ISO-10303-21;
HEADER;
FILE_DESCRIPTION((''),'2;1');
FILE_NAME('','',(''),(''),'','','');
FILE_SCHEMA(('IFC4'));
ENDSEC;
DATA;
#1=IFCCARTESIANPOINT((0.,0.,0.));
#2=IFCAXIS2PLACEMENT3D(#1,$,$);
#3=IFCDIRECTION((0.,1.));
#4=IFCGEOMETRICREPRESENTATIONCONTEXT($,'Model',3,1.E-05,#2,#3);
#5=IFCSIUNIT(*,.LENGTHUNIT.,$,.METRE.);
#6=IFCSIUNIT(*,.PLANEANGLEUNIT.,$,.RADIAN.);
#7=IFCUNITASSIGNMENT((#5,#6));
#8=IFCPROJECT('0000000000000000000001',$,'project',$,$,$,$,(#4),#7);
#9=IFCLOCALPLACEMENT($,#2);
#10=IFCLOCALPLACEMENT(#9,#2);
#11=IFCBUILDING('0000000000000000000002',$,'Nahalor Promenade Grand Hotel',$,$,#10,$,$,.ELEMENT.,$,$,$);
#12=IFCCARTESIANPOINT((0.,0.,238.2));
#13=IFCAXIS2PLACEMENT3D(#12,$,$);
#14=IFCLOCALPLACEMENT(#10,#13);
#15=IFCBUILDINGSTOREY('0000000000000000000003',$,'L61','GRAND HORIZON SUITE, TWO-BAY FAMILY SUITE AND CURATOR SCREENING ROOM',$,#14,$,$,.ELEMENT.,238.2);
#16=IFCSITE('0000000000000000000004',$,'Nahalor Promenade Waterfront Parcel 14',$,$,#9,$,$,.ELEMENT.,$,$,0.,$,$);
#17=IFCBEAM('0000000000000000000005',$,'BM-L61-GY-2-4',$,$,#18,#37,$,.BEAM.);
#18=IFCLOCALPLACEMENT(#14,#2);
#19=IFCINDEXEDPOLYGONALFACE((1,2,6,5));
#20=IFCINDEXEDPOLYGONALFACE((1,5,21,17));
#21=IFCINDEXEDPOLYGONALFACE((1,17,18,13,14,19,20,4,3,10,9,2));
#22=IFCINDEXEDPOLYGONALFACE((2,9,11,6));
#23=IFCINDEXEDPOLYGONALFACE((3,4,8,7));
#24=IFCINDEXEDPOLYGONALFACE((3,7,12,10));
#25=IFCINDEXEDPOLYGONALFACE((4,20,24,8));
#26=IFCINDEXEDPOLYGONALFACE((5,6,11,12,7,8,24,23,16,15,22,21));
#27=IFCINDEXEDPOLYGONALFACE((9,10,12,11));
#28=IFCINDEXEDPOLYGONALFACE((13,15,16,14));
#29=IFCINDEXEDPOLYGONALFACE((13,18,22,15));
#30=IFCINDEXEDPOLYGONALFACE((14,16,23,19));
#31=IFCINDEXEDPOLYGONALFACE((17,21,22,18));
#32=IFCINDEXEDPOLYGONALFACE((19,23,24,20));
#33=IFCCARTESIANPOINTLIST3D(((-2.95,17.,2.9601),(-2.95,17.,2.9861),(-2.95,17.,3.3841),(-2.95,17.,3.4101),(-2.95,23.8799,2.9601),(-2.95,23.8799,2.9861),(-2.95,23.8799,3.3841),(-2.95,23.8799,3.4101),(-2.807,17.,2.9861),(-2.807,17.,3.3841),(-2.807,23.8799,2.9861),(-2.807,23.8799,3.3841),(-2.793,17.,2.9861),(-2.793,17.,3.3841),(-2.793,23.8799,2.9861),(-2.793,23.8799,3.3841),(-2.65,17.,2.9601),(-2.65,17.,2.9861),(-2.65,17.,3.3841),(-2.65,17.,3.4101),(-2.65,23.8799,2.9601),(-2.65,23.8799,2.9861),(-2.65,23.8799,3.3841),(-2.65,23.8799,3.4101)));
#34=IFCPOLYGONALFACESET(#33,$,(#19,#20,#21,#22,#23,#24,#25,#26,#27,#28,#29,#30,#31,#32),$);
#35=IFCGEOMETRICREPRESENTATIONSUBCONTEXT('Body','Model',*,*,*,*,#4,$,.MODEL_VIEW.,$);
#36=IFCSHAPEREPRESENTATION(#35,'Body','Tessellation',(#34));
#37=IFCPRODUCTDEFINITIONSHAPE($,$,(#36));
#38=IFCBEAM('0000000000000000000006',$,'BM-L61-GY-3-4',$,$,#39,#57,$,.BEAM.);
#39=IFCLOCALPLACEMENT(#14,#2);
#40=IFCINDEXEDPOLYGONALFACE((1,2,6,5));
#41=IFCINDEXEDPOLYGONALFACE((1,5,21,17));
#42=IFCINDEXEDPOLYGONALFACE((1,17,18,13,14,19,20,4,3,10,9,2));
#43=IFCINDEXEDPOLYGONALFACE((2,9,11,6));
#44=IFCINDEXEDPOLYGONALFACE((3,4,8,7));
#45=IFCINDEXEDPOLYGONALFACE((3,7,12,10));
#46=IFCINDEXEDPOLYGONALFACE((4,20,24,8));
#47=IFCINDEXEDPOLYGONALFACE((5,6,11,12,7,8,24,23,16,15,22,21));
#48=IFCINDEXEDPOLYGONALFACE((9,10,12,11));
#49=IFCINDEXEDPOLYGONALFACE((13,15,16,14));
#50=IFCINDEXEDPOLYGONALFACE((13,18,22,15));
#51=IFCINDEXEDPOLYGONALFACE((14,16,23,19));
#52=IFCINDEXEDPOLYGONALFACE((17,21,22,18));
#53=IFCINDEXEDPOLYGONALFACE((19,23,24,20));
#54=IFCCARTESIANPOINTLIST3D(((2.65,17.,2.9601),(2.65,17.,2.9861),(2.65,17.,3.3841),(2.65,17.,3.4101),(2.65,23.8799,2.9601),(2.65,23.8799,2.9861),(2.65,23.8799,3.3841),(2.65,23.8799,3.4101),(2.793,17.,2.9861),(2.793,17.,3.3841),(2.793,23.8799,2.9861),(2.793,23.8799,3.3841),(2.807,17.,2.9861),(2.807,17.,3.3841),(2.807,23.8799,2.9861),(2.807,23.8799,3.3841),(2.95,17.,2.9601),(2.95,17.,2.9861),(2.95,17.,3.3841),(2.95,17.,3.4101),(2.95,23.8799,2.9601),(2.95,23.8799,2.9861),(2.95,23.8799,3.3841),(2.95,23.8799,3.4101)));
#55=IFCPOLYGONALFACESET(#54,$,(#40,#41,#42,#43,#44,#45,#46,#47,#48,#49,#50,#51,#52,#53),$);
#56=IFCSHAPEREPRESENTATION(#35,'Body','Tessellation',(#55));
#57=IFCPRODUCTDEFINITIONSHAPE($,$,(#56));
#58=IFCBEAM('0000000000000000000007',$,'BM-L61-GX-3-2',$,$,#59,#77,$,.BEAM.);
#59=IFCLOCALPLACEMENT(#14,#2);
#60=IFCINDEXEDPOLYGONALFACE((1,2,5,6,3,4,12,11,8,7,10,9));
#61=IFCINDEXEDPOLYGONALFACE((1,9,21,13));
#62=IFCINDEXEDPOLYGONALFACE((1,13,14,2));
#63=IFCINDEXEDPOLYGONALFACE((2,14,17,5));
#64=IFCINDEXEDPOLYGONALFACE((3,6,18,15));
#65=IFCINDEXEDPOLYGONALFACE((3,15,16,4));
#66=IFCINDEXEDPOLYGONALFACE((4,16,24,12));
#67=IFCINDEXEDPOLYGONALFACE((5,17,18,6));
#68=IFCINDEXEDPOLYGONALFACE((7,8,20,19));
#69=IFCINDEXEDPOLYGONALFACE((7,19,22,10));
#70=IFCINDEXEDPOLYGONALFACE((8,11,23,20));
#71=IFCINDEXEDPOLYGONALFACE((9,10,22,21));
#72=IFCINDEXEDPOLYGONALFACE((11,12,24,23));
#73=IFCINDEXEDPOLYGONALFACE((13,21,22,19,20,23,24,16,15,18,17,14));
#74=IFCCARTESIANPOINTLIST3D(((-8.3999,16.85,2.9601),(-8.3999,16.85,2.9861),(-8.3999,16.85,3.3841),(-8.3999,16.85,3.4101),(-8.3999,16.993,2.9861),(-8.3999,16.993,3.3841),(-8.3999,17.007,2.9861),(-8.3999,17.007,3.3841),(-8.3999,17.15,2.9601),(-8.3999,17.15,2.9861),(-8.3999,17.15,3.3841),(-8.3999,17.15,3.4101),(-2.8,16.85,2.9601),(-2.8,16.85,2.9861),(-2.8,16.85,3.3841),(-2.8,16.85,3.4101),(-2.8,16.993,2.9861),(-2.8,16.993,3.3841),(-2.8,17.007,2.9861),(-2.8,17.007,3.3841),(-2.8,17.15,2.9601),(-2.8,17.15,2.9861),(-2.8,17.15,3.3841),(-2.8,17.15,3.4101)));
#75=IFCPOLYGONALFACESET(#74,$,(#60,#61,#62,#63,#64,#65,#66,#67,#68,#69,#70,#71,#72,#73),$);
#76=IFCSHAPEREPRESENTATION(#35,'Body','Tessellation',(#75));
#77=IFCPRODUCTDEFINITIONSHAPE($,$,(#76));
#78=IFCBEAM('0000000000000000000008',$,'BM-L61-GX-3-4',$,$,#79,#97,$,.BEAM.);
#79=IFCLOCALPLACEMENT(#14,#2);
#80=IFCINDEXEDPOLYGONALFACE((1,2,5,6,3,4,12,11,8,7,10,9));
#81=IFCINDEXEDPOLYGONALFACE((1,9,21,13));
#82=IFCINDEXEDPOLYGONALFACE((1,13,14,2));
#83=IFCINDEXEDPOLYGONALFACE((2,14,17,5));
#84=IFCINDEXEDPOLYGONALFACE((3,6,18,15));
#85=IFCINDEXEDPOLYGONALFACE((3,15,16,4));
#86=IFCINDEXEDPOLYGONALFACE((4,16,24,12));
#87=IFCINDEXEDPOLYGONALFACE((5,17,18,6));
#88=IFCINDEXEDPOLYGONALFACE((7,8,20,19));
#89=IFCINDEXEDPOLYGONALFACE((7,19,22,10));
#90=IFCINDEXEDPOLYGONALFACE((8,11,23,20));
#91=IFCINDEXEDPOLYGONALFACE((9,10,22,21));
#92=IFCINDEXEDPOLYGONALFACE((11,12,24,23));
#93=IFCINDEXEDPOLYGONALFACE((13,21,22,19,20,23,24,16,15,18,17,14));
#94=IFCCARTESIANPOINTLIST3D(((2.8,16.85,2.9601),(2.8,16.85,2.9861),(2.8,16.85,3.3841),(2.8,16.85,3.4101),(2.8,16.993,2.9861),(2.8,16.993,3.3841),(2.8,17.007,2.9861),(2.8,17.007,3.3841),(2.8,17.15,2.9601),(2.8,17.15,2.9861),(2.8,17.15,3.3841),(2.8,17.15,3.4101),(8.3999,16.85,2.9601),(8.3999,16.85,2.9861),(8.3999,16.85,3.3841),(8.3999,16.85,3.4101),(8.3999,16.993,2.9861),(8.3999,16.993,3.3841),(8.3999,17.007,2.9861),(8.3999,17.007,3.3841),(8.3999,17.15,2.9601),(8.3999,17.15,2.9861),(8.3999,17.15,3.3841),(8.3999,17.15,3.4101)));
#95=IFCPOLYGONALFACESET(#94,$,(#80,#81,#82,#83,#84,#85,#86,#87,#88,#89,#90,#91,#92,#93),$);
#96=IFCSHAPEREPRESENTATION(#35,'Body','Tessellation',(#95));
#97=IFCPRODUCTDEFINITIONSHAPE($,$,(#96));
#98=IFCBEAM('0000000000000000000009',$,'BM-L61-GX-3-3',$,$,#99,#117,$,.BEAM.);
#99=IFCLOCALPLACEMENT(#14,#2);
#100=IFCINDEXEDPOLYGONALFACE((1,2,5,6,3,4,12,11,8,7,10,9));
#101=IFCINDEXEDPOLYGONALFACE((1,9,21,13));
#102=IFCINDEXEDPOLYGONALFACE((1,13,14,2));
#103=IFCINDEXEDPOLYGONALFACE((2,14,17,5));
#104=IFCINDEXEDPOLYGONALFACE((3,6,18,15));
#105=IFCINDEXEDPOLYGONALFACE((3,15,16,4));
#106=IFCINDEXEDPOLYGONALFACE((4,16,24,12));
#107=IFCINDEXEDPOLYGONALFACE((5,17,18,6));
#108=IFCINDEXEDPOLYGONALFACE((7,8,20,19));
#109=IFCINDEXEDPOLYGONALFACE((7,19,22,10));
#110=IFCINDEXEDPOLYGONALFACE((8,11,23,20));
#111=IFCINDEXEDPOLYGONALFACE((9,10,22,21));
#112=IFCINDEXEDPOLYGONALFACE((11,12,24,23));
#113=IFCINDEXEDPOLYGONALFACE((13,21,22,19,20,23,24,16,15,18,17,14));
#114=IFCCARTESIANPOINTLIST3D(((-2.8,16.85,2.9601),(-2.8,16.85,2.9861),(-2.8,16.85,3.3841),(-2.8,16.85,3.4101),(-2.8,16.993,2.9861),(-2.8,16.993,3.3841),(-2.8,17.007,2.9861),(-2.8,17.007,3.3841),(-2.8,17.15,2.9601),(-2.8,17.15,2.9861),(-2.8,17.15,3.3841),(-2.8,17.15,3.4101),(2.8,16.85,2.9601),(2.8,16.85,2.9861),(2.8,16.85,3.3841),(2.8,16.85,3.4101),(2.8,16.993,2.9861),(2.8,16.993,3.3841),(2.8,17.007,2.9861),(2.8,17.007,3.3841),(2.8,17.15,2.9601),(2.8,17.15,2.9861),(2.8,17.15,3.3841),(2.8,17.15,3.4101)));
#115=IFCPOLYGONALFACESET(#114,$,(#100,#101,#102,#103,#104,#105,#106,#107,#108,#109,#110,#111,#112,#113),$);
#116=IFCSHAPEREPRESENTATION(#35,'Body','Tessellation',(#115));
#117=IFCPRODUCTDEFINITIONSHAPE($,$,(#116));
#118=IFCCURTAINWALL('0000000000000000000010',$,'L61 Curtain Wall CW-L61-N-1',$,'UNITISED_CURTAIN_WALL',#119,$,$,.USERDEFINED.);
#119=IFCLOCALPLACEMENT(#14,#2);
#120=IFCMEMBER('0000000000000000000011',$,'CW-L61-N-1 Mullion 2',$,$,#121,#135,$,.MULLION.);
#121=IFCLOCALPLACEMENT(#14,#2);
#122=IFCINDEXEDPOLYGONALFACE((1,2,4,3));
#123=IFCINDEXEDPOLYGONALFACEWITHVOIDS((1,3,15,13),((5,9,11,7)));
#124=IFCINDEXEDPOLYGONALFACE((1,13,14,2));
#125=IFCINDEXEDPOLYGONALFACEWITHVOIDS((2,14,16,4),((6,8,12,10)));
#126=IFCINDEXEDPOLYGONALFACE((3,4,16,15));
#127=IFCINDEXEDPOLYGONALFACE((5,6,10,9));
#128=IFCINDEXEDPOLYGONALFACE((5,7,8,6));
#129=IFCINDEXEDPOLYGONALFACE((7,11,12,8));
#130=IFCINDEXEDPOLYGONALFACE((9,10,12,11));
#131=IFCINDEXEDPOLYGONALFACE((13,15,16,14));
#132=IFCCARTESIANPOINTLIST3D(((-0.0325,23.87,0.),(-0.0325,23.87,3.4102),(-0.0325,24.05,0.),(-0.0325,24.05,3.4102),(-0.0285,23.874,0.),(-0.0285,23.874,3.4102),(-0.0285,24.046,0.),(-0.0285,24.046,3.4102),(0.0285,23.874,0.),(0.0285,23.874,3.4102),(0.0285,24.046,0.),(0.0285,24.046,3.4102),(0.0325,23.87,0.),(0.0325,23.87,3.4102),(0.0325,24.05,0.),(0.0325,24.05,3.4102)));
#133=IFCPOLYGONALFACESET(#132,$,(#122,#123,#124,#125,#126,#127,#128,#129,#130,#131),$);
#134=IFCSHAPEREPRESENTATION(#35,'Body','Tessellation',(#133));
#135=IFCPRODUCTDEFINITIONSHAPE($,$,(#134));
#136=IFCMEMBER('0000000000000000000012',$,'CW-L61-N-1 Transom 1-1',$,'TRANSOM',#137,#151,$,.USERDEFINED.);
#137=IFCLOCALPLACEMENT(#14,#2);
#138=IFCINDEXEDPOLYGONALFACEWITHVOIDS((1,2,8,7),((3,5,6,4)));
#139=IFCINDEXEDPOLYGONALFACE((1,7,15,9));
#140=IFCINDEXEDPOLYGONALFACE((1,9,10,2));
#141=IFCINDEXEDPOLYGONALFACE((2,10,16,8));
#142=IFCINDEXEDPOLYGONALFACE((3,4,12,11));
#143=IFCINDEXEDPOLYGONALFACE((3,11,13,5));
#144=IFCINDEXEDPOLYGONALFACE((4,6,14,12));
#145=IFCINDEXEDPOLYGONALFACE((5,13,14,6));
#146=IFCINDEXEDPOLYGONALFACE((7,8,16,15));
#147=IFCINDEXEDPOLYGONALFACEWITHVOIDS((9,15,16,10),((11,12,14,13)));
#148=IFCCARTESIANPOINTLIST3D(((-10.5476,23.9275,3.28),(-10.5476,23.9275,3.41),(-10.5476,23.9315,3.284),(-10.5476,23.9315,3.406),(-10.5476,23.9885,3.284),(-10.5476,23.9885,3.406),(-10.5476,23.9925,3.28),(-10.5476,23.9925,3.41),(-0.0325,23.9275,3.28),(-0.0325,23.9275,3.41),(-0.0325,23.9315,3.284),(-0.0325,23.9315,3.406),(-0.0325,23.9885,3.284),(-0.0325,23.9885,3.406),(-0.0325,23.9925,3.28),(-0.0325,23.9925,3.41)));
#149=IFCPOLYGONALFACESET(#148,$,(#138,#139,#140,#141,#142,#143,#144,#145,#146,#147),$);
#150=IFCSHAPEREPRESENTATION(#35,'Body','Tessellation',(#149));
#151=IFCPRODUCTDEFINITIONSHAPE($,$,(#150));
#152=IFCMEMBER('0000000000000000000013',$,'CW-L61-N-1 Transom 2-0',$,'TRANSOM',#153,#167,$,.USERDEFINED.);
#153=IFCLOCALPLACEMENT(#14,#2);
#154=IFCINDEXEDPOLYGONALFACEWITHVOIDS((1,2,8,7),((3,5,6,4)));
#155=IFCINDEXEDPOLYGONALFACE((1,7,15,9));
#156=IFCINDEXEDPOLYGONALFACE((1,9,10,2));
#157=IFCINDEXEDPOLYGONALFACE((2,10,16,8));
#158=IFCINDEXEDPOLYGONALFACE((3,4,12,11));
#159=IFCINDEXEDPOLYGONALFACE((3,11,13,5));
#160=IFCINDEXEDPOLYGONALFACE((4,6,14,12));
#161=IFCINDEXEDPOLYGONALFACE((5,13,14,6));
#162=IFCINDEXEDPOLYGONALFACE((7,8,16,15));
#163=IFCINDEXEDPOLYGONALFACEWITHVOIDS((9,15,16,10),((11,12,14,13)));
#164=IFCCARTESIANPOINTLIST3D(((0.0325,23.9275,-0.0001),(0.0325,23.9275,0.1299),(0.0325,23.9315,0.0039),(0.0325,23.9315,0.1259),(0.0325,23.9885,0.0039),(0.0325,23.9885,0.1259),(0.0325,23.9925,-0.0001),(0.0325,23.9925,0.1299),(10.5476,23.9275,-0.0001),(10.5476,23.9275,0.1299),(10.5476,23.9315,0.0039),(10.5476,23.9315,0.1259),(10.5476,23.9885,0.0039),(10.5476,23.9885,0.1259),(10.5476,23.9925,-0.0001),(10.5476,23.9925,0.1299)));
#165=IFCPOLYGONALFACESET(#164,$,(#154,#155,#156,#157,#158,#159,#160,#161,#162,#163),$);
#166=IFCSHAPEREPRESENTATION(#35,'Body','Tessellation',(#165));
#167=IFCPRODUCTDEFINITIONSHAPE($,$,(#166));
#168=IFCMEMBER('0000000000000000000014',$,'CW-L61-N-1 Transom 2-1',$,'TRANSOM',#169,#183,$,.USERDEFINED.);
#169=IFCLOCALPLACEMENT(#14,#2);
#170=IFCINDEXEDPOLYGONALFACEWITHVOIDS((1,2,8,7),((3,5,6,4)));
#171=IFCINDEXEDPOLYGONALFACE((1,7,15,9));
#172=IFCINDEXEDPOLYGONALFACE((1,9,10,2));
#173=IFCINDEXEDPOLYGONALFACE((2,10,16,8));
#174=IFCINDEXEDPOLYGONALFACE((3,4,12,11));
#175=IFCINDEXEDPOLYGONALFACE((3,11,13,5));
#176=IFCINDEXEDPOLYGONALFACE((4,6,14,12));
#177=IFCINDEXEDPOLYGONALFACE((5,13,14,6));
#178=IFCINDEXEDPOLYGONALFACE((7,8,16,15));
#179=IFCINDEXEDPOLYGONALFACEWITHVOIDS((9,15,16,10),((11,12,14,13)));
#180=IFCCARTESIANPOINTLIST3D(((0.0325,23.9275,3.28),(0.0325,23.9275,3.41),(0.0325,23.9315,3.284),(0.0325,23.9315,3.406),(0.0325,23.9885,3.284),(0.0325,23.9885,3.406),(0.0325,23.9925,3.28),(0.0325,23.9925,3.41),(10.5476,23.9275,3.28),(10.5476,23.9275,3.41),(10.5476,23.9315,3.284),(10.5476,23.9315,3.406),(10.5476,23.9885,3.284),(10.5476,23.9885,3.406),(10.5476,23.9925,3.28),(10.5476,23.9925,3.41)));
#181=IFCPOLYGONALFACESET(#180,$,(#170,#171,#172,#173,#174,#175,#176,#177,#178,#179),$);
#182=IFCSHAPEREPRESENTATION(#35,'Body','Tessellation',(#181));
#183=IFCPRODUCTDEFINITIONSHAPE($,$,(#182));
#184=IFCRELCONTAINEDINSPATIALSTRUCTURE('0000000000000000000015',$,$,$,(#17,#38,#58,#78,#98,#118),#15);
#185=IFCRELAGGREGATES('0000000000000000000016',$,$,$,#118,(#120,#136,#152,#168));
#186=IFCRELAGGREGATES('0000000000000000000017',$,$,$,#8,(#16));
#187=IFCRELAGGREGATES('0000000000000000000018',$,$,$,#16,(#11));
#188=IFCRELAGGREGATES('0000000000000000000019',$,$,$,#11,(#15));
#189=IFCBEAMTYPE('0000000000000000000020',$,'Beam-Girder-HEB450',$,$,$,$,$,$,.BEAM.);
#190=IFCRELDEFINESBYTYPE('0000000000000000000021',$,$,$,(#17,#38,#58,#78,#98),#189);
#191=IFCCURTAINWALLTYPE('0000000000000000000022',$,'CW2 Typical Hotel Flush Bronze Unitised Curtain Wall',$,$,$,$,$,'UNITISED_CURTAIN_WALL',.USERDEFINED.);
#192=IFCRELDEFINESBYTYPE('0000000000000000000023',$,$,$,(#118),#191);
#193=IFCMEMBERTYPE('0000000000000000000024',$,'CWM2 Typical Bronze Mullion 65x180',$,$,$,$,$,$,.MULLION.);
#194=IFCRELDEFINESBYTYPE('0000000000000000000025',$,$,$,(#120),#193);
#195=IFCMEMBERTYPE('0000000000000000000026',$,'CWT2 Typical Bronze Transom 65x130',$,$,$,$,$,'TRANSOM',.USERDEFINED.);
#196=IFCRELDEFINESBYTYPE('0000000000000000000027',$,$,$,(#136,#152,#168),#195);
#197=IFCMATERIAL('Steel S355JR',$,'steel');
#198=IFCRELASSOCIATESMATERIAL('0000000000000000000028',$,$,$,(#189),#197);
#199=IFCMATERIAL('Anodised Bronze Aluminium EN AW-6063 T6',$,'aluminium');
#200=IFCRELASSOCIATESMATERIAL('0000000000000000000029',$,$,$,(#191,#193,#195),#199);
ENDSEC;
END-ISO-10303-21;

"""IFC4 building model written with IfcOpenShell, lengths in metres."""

from ifc_helpers import new_model, si_unit, direction, frame, origin, origin_2d, place, context, subcontext, project, spatial, hollow_rectangle, i_section, extrude, source, transform, mapped, material, material_profile, profile_set, type_object, element, aggregate, save


model = new_model("IFC4")

# Units and contexts
model_context = context("Model", 3, precision=1e-05, world=origin(), true_north=direction((0.0, 1.0)))
body_context = subcontext(model_context, "Body", "Model", "MODEL_VIEW")
ifc_project = project(units=[si_unit("LENGTHUNIT", "METRE"), si_unit("PLANEANGLEUNIT", "RADIAN")], contexts=[model_context])

# Site, building, storey
site_placement = place(None, origin())
site = spatial("IfcSite", under=ifc_project, at=site_placement, Name="Nahalor Promenade Waterfront Parcel 14", CompositionType="ELEMENT", RefElevation=0.0)
building_placement = place(site_placement, origin())
building = spatial("IfcBuilding", under=site, at=building_placement, Name="Nahalor Promenade Grand Hotel", CompositionType="ELEMENT")
storey_placement = place(building_placement, frame((0.0, 0.0, 238.2)))
storey = spatial("IfcBuildingStorey", under=building, at=storey_placement, Name="L61", Description="GRAND HORIZON SUITE, TWO-BAY FAMILY SUITE AND CURATOR SCREENING ROOM", CompositionType="ELEMENT", Elevation=238.2)

# Shared definitions
ifc_material_1 = material(Name="Steel S355JR", Category="steel")

# Beams
ifc_material_profile_1 = material_profile(ifc_material_1, i_section(OverallWidth=0.3, OverallDepth=0.45, WebThickness=0.014, FlangeThickness=0.026, at=origin_2d()), Name="HEB 450")
ifc_profile_set_1 = profile_set([ifc_material_profile_1], Name="Steel S355JR")
beam_type_1 = type_object("IfcBeamType", Name="Beam-Girder-HEB450", PredefinedType="BEAM", material=ifc_profile_set_1)
shared_shape_1 = source(origin(), body_context, "Body", "SweptSolid", [
    extrude(i_section(OverallWidth=0.3, OverallDepth=0.45, WebThickness=0.014, FlangeThickness=0.026, at=origin_2d()), origin(), (0.0, 0.0, 1.0), 6.8799),
])
for number, where, z_axis, x_axis, name in (
    (1, (-2.8, 17.0, 3.1851), (0.0, 1.0, 0.0), (-1.0, 0.0, 0.0), "BM-L61-GY-2-4"),
    (2, (2.8, 17.0, 3.1851), (0.0, 1.0, 0.0), (-1.0, 0.0, 0.0), "BM-L61-GY-3-4"),
):
    element("IfcBeam", number, at=place(storey_placement, frame(where, z_axis=z_axis, x_axis=x_axis)), inside=storey, type_object=beam_type_1, Name=name, PredefinedType="BEAM", context=body_context, shape_type="MappedRepresentation", body=[
        mapped(shared_shape_1, transform((0.0, 0.0, 0.0), scale=1.0)),
    ])
shared_shape_2 = source(origin(), body_context, "Body", "SweptSolid", [
    extrude(i_section(OverallWidth=0.3, OverallDepth=0.45, WebThickness=0.014, FlangeThickness=0.026, at=origin_2d()), origin(), (0.0, 0.0, 1.0), 5.5999),
])
for number, where, z_axis, x_axis, name in (
    (3, (-8.3999, 17.0, 3.1851), (1.0, 0.0, 0.0), (0.0, 1.0, 0.0), "BM-L61-GX-3-2"),
    (4, (2.8, 17.0, 3.1851), (1.0, 0.0, 0.0), (0.0, 1.0, 0.0), "BM-L61-GX-3-4"),
):
    element("IfcBeam", number, at=place(storey_placement, frame(where, z_axis=z_axis, x_axis=x_axis)), inside=storey, type_object=beam_type_1, Name=name, PredefinedType="BEAM", context=body_context, shape_type="MappedRepresentation", body=[
        mapped(shared_shape_2, transform((0.0, 0.0, 0.0), scale=1.0)),
    ])
shared_shape_3 = source(origin(), body_context, "Body", "SweptSolid", [
    extrude(i_section(OverallWidth=0.3, OverallDepth=0.45, WebThickness=0.014, FlangeThickness=0.026, at=origin_2d()), origin(), (0.0, 0.0, 1.0), 5.6001),
])
beam_1_placement = place(storey_placement, frame((-2.8, 17.0, 3.1851), z_axis=(1.0, 0.0, 0.0), x_axis=(0.0, 1.0, 0.0)))
element("IfcBeam", 5, at=beam_1_placement, inside=storey, type_object=beam_type_1, Name="BM-L61-GX-3-3", PredefinedType="BEAM", context=body_context, shape_type="MappedRepresentation", body=[
    mapped(shared_shape_3, transform((0.0, 0.0, 0.0), scale=1.0)),
])

# Curtain wall, members
ifc_material_2 = material(Name="Anodised Bronze Aluminium EN AW-6063 T6", Category="aluminium")
curtain_wall_type = type_object("IfcCurtainWallType", Name="CW2 Typical Hotel Flush Bronze Unitised Curtain Wall", ElementType="UNITISED_CURTAIN_WALL", PredefinedType="USERDEFINED", material=ifc_material_2)
curtain_wall_placement = place(storey_placement, origin())
curtain_wall = element("IfcCurtainWall", 6, at=curtain_wall_placement, inside=storey, type_object=curtain_wall_type, Name="L61 Curtain Wall CW-L61-N-1", ObjectType="UNITISED_CURTAIN_WALL", PredefinedType="USERDEFINED")
ifc_material_profile_2 = material_profile(ifc_material_2, hollow_rectangle(XDim=0.065, YDim=0.18, WallThickness=0.004, at=origin_2d()), Name="CWM 65x180x4")
ifc_profile_set_2 = profile_set([ifc_material_profile_2], Name="Anodised Bronze Aluminium EN AW-6063 T6")
member_type_1 = type_object("IfcMemberType", Name="CWM2 Typical Bronze Mullion 65x180", PredefinedType="MULLION", material=ifc_profile_set_2)
shared_shape_4 = source(origin(), body_context, "Body", "SweptSolid", [
    extrude(hollow_rectangle(XDim=0.065, YDim=0.18, WallThickness=0.004, at=origin_2d()), origin(), (0.0, 0.0, 1.0), 3.4102),
])
member_1_placement = place(storey_placement, frame((0.0, 23.96, 0.0), z_axis=(0.0, 0.0, 1.0), x_axis=(1.0, 0.0, 0.0)))
member_1 = element("IfcMember", 7, at=member_1_placement, type_object=member_type_1, Name="CW-L61-N-1 Mullion 2", PredefinedType="MULLION", context=body_context, shape_type="MappedRepresentation", body=[
    mapped(shared_shape_4, transform((0.0, 0.0, 0.0), scale=1.0)),
])
ifc_material_profile_3 = material_profile(ifc_material_2, hollow_rectangle(XDim=0.065, YDim=0.13, WallThickness=0.004, at=origin_2d()), Name="CWT 65x130x4")
ifc_profile_set_3 = profile_set([ifc_material_profile_3], Name="Anodised Bronze Aluminium EN AW-6063 T6")
member_type_2 = type_object("IfcMemberType", Name="CWT2 Typical Bronze Transom 65x130", ElementType="TRANSOM", PredefinedType="USERDEFINED", material=ifc_profile_set_3)
shared_shape_5 = source(origin(), body_context, "Body", "SweptSolid", [
    extrude(hollow_rectangle(XDim=0.065, YDim=0.13, WallThickness=0.004, at=origin_2d()), origin(), (0.0, 0.0, 1.0), 10.5151),
])
member_2_placement = place(storey_placement, frame((-10.5476, 23.96, 3.345), z_axis=(1.0, 0.0, 0.0), x_axis=(0.0, 1.0, 0.0)))
member_2 = element("IfcMember", 8, at=member_2_placement, type_object=member_type_2, Name="CW-L61-N-1 Transom 1-1", ObjectType="TRANSOM", PredefinedType="USERDEFINED", context=body_context, shape_type="MappedRepresentation", body=[
    mapped(shared_shape_5, transform((0.0, 0.0, 0.0), scale=1.0)),
])
member_3_placement = place(storey_placement, frame((0.0325, 23.96, 0.0649), z_axis=(1.0, 0.0, 0.0), x_axis=(0.0, 1.0, 0.0)))
member_3 = element("IfcMember", 9, at=member_3_placement, type_object=member_type_2, Name="CW-L61-N-1 Transom 2-0", ObjectType="TRANSOM", PredefinedType="USERDEFINED", context=body_context, shape_type="MappedRepresentation", body=[
    mapped(shared_shape_5, transform((0.0, 0.0, 0.0), scale=1.0)),
])
member_4_placement = place(storey_placement, frame((0.0325, 23.96, 3.345), z_axis=(1.0, 0.0, 0.0), x_axis=(0.0, 1.0, 0.0)))
member_4 = element("IfcMember", 10, at=member_4_placement, type_object=member_type_2, Name="CW-L61-N-1 Transom 2-1", ObjectType="TRANSOM", PredefinedType="USERDEFINED", context=body_context, shape_type="MappedRepresentation", body=[
    mapped(shared_shape_5, transform((0.0, 0.0, 0.0), scale=1.0)),
])
aggregate(curtain_wall, [member_1, member_2, member_3, member_4])

save(model, "model.ifc")
